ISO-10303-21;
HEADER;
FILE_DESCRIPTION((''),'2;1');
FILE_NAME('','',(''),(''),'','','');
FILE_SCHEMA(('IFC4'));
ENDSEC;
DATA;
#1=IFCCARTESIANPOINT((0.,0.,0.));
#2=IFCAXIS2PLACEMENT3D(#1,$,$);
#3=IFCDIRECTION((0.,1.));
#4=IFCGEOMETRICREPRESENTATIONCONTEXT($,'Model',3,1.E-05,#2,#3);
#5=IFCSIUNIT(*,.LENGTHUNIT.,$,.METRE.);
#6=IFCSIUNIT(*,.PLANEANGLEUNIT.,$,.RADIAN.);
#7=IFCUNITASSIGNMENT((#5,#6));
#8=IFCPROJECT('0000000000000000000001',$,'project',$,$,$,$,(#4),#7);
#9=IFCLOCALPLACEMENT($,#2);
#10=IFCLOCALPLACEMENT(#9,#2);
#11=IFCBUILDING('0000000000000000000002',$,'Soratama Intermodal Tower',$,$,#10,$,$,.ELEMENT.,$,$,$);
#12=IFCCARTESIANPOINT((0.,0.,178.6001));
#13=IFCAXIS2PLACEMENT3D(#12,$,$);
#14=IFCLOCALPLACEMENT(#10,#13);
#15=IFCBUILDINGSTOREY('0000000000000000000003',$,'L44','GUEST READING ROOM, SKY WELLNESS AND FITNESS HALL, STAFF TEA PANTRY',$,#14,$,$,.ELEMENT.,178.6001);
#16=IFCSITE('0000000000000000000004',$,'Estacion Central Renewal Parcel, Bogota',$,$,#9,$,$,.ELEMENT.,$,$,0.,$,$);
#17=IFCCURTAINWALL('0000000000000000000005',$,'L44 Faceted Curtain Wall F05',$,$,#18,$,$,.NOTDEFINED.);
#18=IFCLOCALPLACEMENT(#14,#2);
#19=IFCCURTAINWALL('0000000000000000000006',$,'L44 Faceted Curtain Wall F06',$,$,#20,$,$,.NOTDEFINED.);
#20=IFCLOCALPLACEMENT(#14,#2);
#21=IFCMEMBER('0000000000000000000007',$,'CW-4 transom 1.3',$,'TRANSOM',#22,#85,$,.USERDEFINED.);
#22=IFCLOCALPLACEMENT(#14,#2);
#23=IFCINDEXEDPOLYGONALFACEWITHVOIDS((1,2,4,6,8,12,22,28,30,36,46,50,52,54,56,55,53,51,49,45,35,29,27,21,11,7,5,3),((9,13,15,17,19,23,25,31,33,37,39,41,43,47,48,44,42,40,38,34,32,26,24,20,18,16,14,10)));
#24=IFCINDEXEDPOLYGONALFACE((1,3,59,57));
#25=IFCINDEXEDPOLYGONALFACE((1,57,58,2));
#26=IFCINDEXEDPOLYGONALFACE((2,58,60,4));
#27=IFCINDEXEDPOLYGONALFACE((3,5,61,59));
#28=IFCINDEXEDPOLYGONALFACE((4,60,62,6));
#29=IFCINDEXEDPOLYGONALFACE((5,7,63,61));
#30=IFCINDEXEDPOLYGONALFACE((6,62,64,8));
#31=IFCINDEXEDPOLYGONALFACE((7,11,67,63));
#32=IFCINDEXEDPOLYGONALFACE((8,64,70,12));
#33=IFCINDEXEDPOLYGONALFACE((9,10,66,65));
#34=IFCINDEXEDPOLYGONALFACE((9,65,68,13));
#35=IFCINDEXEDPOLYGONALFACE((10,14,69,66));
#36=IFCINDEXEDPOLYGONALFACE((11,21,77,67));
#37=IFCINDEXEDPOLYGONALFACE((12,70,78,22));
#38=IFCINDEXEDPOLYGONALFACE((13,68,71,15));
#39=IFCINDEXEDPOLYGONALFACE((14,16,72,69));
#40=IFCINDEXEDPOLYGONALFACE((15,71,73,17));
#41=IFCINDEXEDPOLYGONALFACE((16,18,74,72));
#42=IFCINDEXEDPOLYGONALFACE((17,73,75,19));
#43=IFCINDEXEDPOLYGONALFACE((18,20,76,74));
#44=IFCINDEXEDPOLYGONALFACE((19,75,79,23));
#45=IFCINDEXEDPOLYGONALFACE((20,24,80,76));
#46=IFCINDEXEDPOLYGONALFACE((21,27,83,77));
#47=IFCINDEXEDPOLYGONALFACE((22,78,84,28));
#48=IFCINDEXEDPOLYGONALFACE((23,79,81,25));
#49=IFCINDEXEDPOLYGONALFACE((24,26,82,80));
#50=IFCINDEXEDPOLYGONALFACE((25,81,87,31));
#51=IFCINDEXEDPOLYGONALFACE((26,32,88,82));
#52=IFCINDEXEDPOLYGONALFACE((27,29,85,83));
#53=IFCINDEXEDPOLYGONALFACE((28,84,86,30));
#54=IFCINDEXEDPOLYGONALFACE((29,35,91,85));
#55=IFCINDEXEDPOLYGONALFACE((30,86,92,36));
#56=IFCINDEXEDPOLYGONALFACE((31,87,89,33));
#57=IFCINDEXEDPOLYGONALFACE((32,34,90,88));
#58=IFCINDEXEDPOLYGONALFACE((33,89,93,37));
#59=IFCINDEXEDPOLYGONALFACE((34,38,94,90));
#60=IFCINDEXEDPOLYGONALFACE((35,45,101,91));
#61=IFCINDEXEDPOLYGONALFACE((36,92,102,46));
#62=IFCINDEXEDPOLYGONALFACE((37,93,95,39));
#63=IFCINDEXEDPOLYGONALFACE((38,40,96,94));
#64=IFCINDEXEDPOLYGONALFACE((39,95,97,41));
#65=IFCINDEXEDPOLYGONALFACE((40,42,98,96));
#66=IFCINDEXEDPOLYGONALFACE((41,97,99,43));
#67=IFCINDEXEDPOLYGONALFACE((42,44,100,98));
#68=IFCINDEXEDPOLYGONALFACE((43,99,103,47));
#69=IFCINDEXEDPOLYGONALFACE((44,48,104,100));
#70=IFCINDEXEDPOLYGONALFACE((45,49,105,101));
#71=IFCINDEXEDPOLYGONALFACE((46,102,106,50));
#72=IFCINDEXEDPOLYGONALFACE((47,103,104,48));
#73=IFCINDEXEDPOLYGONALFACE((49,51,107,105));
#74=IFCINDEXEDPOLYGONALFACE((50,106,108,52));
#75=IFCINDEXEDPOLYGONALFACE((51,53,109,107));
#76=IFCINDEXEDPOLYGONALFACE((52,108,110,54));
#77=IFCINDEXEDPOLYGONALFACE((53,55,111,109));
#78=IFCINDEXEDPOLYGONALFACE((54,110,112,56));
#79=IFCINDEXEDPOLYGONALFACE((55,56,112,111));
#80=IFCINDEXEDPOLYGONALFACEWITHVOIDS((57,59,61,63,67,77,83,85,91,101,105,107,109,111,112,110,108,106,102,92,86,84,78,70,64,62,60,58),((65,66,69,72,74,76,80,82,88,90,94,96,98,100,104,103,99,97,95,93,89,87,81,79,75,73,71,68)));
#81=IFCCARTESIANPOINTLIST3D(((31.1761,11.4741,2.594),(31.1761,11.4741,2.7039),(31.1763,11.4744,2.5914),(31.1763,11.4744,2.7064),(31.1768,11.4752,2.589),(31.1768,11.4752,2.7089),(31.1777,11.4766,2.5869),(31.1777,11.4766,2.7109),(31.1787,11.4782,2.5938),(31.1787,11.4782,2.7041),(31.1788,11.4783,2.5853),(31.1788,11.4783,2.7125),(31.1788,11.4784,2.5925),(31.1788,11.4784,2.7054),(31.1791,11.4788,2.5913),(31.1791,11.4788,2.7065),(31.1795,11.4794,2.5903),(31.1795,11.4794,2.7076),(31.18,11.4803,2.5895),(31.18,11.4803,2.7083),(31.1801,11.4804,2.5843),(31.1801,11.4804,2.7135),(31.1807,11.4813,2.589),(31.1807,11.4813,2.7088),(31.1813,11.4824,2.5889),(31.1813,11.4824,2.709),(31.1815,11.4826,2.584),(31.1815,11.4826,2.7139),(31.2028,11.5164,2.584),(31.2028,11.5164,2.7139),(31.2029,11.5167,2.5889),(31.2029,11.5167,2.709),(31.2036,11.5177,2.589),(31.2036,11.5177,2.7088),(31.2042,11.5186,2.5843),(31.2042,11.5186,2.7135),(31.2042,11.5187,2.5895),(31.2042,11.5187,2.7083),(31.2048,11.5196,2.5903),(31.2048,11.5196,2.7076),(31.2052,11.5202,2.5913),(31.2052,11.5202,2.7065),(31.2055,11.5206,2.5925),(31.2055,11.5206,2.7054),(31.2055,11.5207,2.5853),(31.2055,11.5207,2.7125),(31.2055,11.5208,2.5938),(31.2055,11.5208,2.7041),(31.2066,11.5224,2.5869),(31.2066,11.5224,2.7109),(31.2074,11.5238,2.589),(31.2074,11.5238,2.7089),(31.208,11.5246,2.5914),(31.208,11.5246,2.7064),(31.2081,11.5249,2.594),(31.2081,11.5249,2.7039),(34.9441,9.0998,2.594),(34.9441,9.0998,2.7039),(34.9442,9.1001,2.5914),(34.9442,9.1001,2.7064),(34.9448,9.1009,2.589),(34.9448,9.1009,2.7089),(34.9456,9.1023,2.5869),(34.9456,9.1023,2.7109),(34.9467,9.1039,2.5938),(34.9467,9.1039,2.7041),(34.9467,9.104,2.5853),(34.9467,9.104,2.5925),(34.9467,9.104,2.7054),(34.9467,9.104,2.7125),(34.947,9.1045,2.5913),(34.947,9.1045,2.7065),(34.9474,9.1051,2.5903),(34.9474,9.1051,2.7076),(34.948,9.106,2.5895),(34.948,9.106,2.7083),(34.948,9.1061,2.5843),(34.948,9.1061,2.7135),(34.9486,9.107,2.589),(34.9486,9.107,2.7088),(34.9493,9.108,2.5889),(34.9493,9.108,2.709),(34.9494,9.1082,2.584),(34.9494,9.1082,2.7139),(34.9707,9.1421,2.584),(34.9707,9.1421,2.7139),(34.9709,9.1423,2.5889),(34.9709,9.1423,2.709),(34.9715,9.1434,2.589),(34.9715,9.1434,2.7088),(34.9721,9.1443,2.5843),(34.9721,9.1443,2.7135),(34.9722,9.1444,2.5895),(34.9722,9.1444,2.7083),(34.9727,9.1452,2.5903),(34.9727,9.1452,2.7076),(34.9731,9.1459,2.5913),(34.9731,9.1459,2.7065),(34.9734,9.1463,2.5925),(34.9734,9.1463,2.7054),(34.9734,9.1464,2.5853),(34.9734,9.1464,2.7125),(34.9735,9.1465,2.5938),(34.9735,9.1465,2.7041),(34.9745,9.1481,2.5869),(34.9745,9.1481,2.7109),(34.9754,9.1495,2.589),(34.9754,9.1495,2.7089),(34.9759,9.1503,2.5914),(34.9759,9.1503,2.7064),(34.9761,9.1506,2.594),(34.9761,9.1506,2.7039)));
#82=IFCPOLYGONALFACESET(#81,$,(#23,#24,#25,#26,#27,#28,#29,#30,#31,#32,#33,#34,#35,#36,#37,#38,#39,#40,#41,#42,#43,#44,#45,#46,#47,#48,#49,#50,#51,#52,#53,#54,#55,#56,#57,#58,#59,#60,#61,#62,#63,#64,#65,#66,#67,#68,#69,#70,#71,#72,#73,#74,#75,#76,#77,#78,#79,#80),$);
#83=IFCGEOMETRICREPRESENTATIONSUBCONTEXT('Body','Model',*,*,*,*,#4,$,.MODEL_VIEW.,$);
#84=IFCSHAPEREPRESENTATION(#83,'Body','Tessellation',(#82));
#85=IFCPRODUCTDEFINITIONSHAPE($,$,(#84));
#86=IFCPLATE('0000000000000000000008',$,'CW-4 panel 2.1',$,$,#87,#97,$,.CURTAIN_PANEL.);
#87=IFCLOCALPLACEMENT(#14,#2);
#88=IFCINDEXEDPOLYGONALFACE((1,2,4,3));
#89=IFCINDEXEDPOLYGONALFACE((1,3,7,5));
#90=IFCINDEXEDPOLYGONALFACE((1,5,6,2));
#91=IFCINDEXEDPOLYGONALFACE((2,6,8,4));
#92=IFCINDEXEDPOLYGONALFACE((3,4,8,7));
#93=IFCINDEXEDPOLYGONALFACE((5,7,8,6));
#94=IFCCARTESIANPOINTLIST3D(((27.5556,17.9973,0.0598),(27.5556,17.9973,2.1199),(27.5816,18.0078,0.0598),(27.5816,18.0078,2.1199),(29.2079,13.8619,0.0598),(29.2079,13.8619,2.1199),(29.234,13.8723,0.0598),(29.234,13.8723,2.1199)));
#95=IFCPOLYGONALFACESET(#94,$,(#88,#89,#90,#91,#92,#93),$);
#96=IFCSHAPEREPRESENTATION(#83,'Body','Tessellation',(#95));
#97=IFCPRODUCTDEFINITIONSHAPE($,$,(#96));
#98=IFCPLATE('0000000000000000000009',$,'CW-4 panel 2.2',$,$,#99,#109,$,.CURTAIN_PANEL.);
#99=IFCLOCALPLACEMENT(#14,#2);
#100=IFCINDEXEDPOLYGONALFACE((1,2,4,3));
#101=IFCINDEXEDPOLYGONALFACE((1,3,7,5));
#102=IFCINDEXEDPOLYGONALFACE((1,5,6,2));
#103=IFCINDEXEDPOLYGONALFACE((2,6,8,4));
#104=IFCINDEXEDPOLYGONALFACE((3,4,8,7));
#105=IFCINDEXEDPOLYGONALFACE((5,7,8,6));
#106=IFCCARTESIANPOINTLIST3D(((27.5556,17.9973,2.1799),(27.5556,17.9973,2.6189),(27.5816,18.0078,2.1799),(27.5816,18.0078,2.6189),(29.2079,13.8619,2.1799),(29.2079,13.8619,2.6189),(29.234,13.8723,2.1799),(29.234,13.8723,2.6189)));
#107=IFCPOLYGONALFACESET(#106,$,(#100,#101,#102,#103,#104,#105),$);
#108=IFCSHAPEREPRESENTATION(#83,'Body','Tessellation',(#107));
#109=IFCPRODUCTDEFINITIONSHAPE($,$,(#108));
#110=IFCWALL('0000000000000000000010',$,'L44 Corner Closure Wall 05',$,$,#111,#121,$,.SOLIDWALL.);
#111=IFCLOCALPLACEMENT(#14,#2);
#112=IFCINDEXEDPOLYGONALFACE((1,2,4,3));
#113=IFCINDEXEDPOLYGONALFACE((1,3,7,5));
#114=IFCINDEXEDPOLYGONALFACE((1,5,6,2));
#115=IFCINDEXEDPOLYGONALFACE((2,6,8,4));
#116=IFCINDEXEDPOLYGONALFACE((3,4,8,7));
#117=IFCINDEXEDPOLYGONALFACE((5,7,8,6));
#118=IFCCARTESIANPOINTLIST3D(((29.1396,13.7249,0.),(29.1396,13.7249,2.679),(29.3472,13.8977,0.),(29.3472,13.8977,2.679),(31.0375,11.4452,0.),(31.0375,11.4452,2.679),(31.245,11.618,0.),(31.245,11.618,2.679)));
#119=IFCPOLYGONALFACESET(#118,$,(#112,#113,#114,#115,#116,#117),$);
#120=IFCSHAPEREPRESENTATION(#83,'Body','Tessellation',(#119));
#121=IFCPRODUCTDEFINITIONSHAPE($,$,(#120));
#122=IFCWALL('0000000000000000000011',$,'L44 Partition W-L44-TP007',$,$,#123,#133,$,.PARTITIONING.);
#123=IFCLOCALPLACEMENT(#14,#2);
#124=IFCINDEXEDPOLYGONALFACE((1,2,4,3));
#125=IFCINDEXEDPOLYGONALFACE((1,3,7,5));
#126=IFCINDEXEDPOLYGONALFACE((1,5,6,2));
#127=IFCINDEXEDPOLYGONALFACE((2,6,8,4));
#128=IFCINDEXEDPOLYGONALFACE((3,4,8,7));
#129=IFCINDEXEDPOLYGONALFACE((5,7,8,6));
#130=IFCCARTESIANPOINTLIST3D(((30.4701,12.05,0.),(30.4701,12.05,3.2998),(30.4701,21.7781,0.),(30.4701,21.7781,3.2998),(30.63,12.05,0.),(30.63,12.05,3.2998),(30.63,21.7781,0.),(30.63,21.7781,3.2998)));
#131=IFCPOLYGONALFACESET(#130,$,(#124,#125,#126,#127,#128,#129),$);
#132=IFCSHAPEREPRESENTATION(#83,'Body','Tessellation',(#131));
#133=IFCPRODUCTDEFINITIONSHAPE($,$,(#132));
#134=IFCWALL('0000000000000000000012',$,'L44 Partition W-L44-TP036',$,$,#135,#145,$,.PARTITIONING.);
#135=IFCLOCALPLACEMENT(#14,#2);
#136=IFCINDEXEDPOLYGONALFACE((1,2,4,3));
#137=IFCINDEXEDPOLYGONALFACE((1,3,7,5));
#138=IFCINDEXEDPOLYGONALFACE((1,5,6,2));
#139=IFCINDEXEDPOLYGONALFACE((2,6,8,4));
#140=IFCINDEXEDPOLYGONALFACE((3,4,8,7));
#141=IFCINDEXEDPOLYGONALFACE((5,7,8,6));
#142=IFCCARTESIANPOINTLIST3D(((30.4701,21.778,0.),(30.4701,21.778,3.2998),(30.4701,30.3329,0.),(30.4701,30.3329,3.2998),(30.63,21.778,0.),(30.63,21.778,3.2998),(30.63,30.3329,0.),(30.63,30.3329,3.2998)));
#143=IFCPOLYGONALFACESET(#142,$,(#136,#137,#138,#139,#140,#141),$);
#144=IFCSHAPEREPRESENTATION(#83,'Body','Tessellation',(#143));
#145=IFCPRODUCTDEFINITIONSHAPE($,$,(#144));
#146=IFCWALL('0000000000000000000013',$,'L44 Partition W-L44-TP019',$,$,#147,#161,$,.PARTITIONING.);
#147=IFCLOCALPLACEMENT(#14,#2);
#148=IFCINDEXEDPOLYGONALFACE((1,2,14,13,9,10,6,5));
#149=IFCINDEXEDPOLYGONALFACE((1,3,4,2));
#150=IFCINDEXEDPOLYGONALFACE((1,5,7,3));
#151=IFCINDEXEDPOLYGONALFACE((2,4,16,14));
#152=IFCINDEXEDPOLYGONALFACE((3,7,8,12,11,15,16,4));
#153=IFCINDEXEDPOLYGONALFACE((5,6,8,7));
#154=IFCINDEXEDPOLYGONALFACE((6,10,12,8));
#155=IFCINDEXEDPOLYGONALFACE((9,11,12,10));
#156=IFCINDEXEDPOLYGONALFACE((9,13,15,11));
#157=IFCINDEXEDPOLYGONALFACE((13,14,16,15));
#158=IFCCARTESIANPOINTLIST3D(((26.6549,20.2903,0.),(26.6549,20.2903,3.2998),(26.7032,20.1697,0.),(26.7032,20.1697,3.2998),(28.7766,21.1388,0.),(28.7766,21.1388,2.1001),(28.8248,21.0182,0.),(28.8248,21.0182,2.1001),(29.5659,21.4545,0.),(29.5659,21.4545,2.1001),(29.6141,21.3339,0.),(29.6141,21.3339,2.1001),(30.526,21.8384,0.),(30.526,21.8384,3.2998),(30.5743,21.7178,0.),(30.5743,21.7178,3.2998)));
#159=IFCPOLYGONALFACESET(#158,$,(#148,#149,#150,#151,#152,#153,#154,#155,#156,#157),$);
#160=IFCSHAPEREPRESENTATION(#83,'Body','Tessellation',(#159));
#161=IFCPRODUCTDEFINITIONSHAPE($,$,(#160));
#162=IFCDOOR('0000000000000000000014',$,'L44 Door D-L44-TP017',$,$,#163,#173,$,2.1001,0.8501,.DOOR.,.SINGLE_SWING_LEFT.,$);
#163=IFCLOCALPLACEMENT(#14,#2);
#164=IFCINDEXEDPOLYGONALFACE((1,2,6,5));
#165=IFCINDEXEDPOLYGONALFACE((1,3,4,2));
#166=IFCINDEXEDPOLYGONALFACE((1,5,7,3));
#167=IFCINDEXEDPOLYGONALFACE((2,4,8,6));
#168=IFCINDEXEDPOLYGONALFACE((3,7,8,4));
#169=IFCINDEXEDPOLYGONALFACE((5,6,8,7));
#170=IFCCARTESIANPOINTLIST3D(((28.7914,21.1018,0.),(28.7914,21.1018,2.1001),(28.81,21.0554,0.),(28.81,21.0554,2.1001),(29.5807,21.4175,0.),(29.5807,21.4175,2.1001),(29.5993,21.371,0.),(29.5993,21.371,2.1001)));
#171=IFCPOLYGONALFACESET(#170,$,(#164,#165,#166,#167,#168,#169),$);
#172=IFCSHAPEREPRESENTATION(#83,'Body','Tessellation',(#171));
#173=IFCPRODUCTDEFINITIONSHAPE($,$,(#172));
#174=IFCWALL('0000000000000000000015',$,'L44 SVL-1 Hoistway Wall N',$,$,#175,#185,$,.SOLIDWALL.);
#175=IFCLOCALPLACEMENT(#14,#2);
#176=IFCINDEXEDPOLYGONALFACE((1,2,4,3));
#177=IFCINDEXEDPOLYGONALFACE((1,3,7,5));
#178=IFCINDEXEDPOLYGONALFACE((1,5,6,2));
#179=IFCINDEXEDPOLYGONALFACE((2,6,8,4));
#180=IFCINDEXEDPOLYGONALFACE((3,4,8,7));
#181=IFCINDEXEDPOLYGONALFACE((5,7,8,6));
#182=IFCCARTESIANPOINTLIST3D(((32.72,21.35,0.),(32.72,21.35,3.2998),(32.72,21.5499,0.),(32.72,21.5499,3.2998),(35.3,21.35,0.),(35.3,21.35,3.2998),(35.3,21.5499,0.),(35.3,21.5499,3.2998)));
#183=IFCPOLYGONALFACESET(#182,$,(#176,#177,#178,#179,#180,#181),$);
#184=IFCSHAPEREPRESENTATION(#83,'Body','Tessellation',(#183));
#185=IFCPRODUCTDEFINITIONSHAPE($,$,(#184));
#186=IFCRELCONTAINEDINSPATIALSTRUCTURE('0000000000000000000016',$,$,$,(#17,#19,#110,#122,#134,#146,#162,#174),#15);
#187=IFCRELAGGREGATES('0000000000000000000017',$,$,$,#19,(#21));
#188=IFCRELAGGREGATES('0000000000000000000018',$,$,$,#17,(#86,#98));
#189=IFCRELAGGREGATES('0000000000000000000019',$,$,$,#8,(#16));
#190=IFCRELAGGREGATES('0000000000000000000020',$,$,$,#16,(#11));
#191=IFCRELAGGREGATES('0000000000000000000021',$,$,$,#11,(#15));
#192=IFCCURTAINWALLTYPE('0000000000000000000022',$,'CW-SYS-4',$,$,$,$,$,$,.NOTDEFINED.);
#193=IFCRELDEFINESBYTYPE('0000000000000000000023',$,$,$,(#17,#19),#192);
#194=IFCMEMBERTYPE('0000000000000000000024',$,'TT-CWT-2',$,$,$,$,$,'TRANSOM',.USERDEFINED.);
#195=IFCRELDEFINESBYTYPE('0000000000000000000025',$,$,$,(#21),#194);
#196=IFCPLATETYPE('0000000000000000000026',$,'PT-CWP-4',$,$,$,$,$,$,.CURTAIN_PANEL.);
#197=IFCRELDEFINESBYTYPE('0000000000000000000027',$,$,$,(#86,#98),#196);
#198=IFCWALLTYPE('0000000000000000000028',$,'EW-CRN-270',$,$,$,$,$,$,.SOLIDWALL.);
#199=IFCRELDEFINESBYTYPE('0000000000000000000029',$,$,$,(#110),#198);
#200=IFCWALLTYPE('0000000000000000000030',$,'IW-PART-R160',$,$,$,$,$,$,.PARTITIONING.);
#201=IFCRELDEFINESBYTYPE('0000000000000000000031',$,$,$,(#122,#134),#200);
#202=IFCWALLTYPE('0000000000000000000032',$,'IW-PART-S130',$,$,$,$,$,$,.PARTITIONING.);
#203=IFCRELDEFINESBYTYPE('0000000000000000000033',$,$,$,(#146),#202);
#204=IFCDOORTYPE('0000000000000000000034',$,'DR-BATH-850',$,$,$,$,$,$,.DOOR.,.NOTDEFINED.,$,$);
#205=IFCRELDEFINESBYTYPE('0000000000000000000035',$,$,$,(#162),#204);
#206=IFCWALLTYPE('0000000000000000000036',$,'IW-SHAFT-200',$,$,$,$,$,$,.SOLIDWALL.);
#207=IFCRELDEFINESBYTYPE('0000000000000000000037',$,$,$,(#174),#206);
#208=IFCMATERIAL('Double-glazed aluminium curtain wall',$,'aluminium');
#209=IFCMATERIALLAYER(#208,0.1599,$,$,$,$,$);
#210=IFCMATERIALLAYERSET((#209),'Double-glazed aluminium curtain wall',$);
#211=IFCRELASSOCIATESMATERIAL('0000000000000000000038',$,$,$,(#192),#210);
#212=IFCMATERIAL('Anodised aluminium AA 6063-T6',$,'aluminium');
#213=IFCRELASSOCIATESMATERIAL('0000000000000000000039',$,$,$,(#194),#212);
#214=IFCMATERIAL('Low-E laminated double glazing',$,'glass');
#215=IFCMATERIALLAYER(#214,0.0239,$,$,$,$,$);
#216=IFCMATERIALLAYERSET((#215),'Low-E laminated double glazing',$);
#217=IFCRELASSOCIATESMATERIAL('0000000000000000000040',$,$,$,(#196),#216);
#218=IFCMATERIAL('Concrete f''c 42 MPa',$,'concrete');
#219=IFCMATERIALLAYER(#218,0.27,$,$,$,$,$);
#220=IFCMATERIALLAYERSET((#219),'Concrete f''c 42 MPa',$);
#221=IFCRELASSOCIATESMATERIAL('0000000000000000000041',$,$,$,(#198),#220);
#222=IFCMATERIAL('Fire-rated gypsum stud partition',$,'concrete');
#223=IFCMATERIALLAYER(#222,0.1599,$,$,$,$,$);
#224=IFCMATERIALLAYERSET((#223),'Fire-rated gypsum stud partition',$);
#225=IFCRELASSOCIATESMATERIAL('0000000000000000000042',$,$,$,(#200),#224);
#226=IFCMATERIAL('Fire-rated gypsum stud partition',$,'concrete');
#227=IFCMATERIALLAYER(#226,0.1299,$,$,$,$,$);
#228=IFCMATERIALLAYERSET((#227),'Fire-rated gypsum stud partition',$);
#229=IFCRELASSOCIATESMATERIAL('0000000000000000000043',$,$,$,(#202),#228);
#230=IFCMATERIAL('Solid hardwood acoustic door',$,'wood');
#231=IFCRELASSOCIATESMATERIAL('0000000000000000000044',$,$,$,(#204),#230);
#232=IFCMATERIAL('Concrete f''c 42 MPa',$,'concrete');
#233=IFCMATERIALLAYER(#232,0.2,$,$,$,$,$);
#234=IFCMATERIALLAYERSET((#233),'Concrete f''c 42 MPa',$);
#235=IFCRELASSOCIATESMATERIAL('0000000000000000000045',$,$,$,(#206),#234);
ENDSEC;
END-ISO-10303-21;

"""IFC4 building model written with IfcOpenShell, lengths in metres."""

from ifc_helpers import new_model, si_unit, direction, frame, frame_2d, origin, origin_2d, place, context, subcontext, project, spatial, rectangle, hollow_rectangle, extrude, material, layer, layer_set, material_profile, profile_set, type_object, element, fill, aggregate, save


model = new_model("IFC4")

# Units and contexts
model_context = context("Model", 3, precision=1e-05, world=origin(), true_north=direction((0.0, 1.0)))
body_context = subcontext(model_context, "Body", "Model", "MODEL_VIEW")
ifc_project = project(units=[si_unit("LENGTHUNIT", "METRE"), si_unit("PLANEANGLEUNIT", "RADIAN")], contexts=[model_context])

# Site, building, storey
site_placement = place(None, origin())
site = spatial("IfcSite", under=ifc_project, at=site_placement, Name="Estacion Central Renewal Parcel, Bogota", CompositionType="ELEMENT", RefElevation=0.0)
building_placement = place(site_placement, origin())
building = spatial("IfcBuilding", under=site, at=building_placement, Name="Soratama Intermodal Tower", CompositionType="ELEMENT")
storey_placement = place(building_placement, frame((0.0, 0.0, 178.6001)))
storey = spatial("IfcBuildingStorey", under=building, at=storey_placement, Name="L44", Description="GUEST READING ROOM, SKY WELLNESS AND FITNESS HALL, STAFF TEA PANTRY", CompositionType="ELEMENT", Elevation=178.6001)

# Curtain wall
ifc_material_1 = material(Name="Double-glazed aluminium curtain wall", Category="aluminium")
ifc_layer_1 = layer(ifc_material_1, 0.1599)
ifc_layer_set_1 = layer_set([ifc_layer_1], Name="Double-glazed aluminium curtain wall")
curtain_wall_type = type_object("IfcCurtainWallType", Name="CW-SYS-4", PredefinedType="NOTDEFINED", material=ifc_layer_set_1)
curtain_wall_1_placement = place(storey_placement, origin())
curtain_wall_1 = element("IfcCurtainWall", 1, at=curtain_wall_1_placement, inside=storey, type_object=curtain_wall_type, Name="L44 Faceted Curtain Wall F05", PredefinedType="NOTDEFINED")

# Curtain wall, member
curtain_wall_2_placement = place(storey_placement, origin())
curtain_wall_2 = element("IfcCurtainWall", 2, at=curtain_wall_2_placement, inside=storey, type_object=curtain_wall_type, Name="L44 Faceted Curtain Wall F06", PredefinedType="NOTDEFINED")
ifc_material_2 = material(Name="Anodised aluminium AA 6063-T6", Category="aluminium")
ifc_material_profile_1 = material_profile(ifc_material_2, hollow_rectangle(XDim=0.0601, YDim=0.1299, WallThickness=0.0049, InnerFilletRadius=0.0049, OuterFilletRadius=0.01, at=origin_2d()), Name="CWT130X60X5")
ifc_profile_set_1 = profile_set([ifc_material_profile_1], Name="Anodised aluminium AA 6063-T6")
member_type_1 = type_object("IfcMemberType", Name="TT-CWT-2", ElementType="TRANSOM", PredefinedType="USERDEFINED", material=ifc_profile_set_1)
member_1_placement = place(storey_placement, frame((31.1921, 11.4995, 2.6489), z_axis=(0.846037, -0.533124, 0.0), x_axis=(0.533124, 0.846037, 0.0)))
member_1 = element("IfcMember", 3, at=member_1_placement, type_object=member_type_1, Name="CW-4 transom 1.3", ObjectType="TRANSOM", PredefinedType="USERDEFINED", context=body_context, shape_type="SweptSolid", body=[
    extrude(hollow_rectangle(XDim=0.0601, YDim=0.1299, WallThickness=0.0049, InnerFilletRadius=0.0049, OuterFilletRadius=0.01, at=origin_2d()), origin(), (0.0, 0.0, 1.0), 4.4536),
])
aggregate(curtain_wall_2, [member_1])

# Plates
ifc_material_3 = material(Name="Low-E laminated double glazing", Category="glass")
ifc_layer_2 = layer(ifc_material_3, 0.0239)
ifc_layer_set_2 = layer_set([ifc_layer_2], Name="Low-E laminated double glazing")
plate_type = type_object("IfcPlateType", Name="PT-CWP-4", PredefinedType="CURTAIN_PANEL", material=ifc_layer_set_2)
plate_1_placement = place(storey_placement, frame((28.3948, 15.9348, 0.0598), z_axis=(0.0, 0.0, 1.0), x_axis=(0.371038, -0.928618, 0.0)))
plate_1 = element("IfcPlate", 4, at=plate_1_placement, type_object=plate_type, Name="CW-4 panel 2.1", PredefinedType="CURTAIN_PANEL", context=body_context, shape_type="SweptSolid", body=[
    extrude(rectangle(XDim=4.4534, YDim=0.0281, at=origin_2d()), origin(), (0.0, 0.0, 1.0), 2.0601),
])
plate_2_placement = place(storey_placement, frame((28.3948, 15.9348, 2.1799), z_axis=(0.0, 0.0, 1.0), x_axis=(0.371038, -0.928618, 0.0)))
plate_2 = element("IfcPlate", 5, at=plate_2_placement, type_object=plate_type, Name="CW-4 panel 2.2", PredefinedType="CURTAIN_PANEL", context=body_context, shape_type="SweptSolid", body=[
    extrude(rectangle(XDim=4.4534, YDim=0.0281, at=origin_2d()), origin(), (0.0, 0.0, 1.0), 0.439),
])
aggregate(curtain_wall_1, [plate_1, plate_2])

# Walls
ifc_material_4 = material(Name="Concrete f'c 42 MPa", Category="concrete")
ifc_layer_3 = layer(ifc_material_4, 0.27)
ifc_layer_set_3 = layer_set([ifc_layer_3], Name="Concrete f'c 42 MPa")
wall_type_1 = type_object("IfcWallType", Name="EW-CRN-270", PredefinedType="SOLIDWALL", material=ifc_layer_set_3)
wall_1_placement = place(storey_placement, frame((29.2434, 13.8113, 0.0), z_axis=(0.0, 0.0, 1.0), x_axis=(0.639812, -0.768532, 0.0)))
element("IfcWall", 6, at=wall_1_placement, inside=storey, type_object=wall_type_1, Name="L44 Corner Closure Wall 05", PredefinedType="SOLIDWALL", context=body_context, shape_type="SweptSolid", body=[
    extrude(rectangle(XDim=2.9663, YDim=0.27, at=frame_2d((1.4832, 0.0))), origin(), (0.0, 0.0, 1.0), 2.679),
])
ifc_material_5 = material(Name="Fire-rated gypsum stud partition", Category="concrete")
ifc_layer_4 = layer(ifc_material_5, 0.1599)
ifc_layer_set_4 = layer_set([ifc_layer_4], Name="Fire-rated gypsum stud partition")
wall_type_2 = type_object("IfcWallType", Name="IW-PART-R160", PredefinedType="PARTITIONING", material=ifc_layer_set_4)
wall_2_placement = place(storey_placement, frame((30.55, 12.05, 0.0), z_axis=(0.0, 0.0, 1.0), x_axis=(0.0, 1.0, 0.0)))
element("IfcWall", 7, at=wall_2_placement, inside=storey, type_object=wall_type_2, Name="L44 Partition W-L44-TP007", PredefinedType="PARTITIONING", context=body_context, shape_type="SweptSolid", body=[
    extrude(rectangle(XDim=9.728, YDim=0.1599, at=frame_2d((4.864, 0.0))), origin(), (0.0, 0.0, 1.0), 3.2998),
])
wall_3_placement = place(storey_placement, frame((30.55, 21.7781, 0.0), z_axis=(0.0, 0.0, 1.0), x_axis=(0.0, 1.0, 0.0)))
element("IfcWall", 8, at=wall_3_placement, inside=storey, type_object=wall_type_2, Name="L44 Partition W-L44-TP036", PredefinedType="PARTITIONING", context=body_context, shape_type="SweptSolid", body=[
    extrude(rectangle(XDim=8.5549, YDim=0.1599, at=frame_2d((4.2773, 0.0))), origin(), (0.0, 0.0, 1.0), 3.2998),
])

# Wall, opening, door
ifc_material_6 = material(Name="Fire-rated gypsum stud partition", Category="concrete")
ifc_layer_5 = layer(ifc_material_6, 0.1299)
ifc_layer_set_5 = layer_set([ifc_layer_5], Name="Fire-rated gypsum stud partition")
wall_type_3 = type_object("IfcWallType", Name="IW-PART-S130", PredefinedType="PARTITIONING", material=ifc_layer_set_5)
wall_4_placement = place(storey_placement, frame((30.55, 21.7781, 0.0), z_axis=(0.0, 0.0, 1.0), x_axis=(-0.928505, -0.37132, 0.0)))
wall_4 = element("IfcWall", 9, at=wall_4_placement, inside=storey, type_object=wall_type_3, Name="L44 Partition W-L44-TP019", PredefinedType="PARTITIONING", context=body_context, shape_type="SweptSolid", body=[
    extrude(rectangle(XDim=4.1692, YDim=0.1299, at=frame_2d((2.0845, 0.0))), origin(), (0.0, 0.0, 1.0), 3.2998),
])
opening_placement = place(wall_4_placement, frame((1.0339, 0.0, 0.0)))
opening = element("IfcOpeningElement", 10, at=opening_placement, cuts=wall_4, PredefinedType="OPENING", context=body_context, shape_type="SweptSolid", body=[
    extrude(rectangle(XDim=0.8501, YDim=2.1001, at=frame_2d((0.425, 1.05))), frame((0.0, 0.075, 0.0), z_axis=(0.0, -1.0, 0.0), x_axis=(1.0, 0.0, 0.0)), (0.0, 0.0, 1.0), 0.1499),
])
ifc_material_7 = material(Name="Solid hardwood acoustic door", Category="wood")
door_type = type_object("IfcDoorType", Name="DR-BATH-850", OperationType="NOTDEFINED", PredefinedType="DOOR", material=ifc_material_7)
door_placement = place(opening_placement, origin())
door = element("IfcDoor", 11, at=door_placement, inside=storey, type_object=door_type, Name="L44 Door D-L44-TP017", OperationType="SINGLE_SWING_LEFT", OverallHeight=2.1001, OverallWidth=0.8501, PredefinedType="DOOR", context=body_context, shape_type="SweptSolid", body=[
    extrude(rectangle(XDim=0.8501, YDim=2.1001, at=frame_2d((0.425, 1.05))), frame((0.0, 0.0249, 0.0), z_axis=(0.0, -1.0, 0.0), x_axis=(1.0, 0.0, 0.0)), (0.0, 0.0, 1.0), 0.05),
])
fill(opening, door)

# Wall
ifc_material_8 = material(Name="Concrete f'c 42 MPa", Category="concrete")
ifc_layer_6 = layer(ifc_material_8, 0.2)
ifc_layer_set_6 = layer_set([ifc_layer_6], Name="Concrete f'c 42 MPa")
wall_type_4 = type_object("IfcWallType", Name="IW-SHAFT-200", PredefinedType="SOLIDWALL", material=ifc_layer_set_6)
wall_5_placement = place(storey_placement, frame((32.72, 21.45, 0.0), z_axis=(0.0, 0.0, 1.0), x_axis=(1.0, 0.0, 0.0)))
element("IfcWall", 12, at=wall_5_placement, inside=storey, type_object=wall_type_4, Name="L44 SVL-1 Hoistway Wall N", PredefinedType="SOLIDWALL", context=body_context, shape_type="SweptSolid", body=[
    extrude(rectangle(XDim=2.5801, YDim=0.2, at=frame_2d((1.29, 0.0))), origin(), (0.0, 0.0, 1.0), 3.2998),
])

save(model, "model.ifc")
